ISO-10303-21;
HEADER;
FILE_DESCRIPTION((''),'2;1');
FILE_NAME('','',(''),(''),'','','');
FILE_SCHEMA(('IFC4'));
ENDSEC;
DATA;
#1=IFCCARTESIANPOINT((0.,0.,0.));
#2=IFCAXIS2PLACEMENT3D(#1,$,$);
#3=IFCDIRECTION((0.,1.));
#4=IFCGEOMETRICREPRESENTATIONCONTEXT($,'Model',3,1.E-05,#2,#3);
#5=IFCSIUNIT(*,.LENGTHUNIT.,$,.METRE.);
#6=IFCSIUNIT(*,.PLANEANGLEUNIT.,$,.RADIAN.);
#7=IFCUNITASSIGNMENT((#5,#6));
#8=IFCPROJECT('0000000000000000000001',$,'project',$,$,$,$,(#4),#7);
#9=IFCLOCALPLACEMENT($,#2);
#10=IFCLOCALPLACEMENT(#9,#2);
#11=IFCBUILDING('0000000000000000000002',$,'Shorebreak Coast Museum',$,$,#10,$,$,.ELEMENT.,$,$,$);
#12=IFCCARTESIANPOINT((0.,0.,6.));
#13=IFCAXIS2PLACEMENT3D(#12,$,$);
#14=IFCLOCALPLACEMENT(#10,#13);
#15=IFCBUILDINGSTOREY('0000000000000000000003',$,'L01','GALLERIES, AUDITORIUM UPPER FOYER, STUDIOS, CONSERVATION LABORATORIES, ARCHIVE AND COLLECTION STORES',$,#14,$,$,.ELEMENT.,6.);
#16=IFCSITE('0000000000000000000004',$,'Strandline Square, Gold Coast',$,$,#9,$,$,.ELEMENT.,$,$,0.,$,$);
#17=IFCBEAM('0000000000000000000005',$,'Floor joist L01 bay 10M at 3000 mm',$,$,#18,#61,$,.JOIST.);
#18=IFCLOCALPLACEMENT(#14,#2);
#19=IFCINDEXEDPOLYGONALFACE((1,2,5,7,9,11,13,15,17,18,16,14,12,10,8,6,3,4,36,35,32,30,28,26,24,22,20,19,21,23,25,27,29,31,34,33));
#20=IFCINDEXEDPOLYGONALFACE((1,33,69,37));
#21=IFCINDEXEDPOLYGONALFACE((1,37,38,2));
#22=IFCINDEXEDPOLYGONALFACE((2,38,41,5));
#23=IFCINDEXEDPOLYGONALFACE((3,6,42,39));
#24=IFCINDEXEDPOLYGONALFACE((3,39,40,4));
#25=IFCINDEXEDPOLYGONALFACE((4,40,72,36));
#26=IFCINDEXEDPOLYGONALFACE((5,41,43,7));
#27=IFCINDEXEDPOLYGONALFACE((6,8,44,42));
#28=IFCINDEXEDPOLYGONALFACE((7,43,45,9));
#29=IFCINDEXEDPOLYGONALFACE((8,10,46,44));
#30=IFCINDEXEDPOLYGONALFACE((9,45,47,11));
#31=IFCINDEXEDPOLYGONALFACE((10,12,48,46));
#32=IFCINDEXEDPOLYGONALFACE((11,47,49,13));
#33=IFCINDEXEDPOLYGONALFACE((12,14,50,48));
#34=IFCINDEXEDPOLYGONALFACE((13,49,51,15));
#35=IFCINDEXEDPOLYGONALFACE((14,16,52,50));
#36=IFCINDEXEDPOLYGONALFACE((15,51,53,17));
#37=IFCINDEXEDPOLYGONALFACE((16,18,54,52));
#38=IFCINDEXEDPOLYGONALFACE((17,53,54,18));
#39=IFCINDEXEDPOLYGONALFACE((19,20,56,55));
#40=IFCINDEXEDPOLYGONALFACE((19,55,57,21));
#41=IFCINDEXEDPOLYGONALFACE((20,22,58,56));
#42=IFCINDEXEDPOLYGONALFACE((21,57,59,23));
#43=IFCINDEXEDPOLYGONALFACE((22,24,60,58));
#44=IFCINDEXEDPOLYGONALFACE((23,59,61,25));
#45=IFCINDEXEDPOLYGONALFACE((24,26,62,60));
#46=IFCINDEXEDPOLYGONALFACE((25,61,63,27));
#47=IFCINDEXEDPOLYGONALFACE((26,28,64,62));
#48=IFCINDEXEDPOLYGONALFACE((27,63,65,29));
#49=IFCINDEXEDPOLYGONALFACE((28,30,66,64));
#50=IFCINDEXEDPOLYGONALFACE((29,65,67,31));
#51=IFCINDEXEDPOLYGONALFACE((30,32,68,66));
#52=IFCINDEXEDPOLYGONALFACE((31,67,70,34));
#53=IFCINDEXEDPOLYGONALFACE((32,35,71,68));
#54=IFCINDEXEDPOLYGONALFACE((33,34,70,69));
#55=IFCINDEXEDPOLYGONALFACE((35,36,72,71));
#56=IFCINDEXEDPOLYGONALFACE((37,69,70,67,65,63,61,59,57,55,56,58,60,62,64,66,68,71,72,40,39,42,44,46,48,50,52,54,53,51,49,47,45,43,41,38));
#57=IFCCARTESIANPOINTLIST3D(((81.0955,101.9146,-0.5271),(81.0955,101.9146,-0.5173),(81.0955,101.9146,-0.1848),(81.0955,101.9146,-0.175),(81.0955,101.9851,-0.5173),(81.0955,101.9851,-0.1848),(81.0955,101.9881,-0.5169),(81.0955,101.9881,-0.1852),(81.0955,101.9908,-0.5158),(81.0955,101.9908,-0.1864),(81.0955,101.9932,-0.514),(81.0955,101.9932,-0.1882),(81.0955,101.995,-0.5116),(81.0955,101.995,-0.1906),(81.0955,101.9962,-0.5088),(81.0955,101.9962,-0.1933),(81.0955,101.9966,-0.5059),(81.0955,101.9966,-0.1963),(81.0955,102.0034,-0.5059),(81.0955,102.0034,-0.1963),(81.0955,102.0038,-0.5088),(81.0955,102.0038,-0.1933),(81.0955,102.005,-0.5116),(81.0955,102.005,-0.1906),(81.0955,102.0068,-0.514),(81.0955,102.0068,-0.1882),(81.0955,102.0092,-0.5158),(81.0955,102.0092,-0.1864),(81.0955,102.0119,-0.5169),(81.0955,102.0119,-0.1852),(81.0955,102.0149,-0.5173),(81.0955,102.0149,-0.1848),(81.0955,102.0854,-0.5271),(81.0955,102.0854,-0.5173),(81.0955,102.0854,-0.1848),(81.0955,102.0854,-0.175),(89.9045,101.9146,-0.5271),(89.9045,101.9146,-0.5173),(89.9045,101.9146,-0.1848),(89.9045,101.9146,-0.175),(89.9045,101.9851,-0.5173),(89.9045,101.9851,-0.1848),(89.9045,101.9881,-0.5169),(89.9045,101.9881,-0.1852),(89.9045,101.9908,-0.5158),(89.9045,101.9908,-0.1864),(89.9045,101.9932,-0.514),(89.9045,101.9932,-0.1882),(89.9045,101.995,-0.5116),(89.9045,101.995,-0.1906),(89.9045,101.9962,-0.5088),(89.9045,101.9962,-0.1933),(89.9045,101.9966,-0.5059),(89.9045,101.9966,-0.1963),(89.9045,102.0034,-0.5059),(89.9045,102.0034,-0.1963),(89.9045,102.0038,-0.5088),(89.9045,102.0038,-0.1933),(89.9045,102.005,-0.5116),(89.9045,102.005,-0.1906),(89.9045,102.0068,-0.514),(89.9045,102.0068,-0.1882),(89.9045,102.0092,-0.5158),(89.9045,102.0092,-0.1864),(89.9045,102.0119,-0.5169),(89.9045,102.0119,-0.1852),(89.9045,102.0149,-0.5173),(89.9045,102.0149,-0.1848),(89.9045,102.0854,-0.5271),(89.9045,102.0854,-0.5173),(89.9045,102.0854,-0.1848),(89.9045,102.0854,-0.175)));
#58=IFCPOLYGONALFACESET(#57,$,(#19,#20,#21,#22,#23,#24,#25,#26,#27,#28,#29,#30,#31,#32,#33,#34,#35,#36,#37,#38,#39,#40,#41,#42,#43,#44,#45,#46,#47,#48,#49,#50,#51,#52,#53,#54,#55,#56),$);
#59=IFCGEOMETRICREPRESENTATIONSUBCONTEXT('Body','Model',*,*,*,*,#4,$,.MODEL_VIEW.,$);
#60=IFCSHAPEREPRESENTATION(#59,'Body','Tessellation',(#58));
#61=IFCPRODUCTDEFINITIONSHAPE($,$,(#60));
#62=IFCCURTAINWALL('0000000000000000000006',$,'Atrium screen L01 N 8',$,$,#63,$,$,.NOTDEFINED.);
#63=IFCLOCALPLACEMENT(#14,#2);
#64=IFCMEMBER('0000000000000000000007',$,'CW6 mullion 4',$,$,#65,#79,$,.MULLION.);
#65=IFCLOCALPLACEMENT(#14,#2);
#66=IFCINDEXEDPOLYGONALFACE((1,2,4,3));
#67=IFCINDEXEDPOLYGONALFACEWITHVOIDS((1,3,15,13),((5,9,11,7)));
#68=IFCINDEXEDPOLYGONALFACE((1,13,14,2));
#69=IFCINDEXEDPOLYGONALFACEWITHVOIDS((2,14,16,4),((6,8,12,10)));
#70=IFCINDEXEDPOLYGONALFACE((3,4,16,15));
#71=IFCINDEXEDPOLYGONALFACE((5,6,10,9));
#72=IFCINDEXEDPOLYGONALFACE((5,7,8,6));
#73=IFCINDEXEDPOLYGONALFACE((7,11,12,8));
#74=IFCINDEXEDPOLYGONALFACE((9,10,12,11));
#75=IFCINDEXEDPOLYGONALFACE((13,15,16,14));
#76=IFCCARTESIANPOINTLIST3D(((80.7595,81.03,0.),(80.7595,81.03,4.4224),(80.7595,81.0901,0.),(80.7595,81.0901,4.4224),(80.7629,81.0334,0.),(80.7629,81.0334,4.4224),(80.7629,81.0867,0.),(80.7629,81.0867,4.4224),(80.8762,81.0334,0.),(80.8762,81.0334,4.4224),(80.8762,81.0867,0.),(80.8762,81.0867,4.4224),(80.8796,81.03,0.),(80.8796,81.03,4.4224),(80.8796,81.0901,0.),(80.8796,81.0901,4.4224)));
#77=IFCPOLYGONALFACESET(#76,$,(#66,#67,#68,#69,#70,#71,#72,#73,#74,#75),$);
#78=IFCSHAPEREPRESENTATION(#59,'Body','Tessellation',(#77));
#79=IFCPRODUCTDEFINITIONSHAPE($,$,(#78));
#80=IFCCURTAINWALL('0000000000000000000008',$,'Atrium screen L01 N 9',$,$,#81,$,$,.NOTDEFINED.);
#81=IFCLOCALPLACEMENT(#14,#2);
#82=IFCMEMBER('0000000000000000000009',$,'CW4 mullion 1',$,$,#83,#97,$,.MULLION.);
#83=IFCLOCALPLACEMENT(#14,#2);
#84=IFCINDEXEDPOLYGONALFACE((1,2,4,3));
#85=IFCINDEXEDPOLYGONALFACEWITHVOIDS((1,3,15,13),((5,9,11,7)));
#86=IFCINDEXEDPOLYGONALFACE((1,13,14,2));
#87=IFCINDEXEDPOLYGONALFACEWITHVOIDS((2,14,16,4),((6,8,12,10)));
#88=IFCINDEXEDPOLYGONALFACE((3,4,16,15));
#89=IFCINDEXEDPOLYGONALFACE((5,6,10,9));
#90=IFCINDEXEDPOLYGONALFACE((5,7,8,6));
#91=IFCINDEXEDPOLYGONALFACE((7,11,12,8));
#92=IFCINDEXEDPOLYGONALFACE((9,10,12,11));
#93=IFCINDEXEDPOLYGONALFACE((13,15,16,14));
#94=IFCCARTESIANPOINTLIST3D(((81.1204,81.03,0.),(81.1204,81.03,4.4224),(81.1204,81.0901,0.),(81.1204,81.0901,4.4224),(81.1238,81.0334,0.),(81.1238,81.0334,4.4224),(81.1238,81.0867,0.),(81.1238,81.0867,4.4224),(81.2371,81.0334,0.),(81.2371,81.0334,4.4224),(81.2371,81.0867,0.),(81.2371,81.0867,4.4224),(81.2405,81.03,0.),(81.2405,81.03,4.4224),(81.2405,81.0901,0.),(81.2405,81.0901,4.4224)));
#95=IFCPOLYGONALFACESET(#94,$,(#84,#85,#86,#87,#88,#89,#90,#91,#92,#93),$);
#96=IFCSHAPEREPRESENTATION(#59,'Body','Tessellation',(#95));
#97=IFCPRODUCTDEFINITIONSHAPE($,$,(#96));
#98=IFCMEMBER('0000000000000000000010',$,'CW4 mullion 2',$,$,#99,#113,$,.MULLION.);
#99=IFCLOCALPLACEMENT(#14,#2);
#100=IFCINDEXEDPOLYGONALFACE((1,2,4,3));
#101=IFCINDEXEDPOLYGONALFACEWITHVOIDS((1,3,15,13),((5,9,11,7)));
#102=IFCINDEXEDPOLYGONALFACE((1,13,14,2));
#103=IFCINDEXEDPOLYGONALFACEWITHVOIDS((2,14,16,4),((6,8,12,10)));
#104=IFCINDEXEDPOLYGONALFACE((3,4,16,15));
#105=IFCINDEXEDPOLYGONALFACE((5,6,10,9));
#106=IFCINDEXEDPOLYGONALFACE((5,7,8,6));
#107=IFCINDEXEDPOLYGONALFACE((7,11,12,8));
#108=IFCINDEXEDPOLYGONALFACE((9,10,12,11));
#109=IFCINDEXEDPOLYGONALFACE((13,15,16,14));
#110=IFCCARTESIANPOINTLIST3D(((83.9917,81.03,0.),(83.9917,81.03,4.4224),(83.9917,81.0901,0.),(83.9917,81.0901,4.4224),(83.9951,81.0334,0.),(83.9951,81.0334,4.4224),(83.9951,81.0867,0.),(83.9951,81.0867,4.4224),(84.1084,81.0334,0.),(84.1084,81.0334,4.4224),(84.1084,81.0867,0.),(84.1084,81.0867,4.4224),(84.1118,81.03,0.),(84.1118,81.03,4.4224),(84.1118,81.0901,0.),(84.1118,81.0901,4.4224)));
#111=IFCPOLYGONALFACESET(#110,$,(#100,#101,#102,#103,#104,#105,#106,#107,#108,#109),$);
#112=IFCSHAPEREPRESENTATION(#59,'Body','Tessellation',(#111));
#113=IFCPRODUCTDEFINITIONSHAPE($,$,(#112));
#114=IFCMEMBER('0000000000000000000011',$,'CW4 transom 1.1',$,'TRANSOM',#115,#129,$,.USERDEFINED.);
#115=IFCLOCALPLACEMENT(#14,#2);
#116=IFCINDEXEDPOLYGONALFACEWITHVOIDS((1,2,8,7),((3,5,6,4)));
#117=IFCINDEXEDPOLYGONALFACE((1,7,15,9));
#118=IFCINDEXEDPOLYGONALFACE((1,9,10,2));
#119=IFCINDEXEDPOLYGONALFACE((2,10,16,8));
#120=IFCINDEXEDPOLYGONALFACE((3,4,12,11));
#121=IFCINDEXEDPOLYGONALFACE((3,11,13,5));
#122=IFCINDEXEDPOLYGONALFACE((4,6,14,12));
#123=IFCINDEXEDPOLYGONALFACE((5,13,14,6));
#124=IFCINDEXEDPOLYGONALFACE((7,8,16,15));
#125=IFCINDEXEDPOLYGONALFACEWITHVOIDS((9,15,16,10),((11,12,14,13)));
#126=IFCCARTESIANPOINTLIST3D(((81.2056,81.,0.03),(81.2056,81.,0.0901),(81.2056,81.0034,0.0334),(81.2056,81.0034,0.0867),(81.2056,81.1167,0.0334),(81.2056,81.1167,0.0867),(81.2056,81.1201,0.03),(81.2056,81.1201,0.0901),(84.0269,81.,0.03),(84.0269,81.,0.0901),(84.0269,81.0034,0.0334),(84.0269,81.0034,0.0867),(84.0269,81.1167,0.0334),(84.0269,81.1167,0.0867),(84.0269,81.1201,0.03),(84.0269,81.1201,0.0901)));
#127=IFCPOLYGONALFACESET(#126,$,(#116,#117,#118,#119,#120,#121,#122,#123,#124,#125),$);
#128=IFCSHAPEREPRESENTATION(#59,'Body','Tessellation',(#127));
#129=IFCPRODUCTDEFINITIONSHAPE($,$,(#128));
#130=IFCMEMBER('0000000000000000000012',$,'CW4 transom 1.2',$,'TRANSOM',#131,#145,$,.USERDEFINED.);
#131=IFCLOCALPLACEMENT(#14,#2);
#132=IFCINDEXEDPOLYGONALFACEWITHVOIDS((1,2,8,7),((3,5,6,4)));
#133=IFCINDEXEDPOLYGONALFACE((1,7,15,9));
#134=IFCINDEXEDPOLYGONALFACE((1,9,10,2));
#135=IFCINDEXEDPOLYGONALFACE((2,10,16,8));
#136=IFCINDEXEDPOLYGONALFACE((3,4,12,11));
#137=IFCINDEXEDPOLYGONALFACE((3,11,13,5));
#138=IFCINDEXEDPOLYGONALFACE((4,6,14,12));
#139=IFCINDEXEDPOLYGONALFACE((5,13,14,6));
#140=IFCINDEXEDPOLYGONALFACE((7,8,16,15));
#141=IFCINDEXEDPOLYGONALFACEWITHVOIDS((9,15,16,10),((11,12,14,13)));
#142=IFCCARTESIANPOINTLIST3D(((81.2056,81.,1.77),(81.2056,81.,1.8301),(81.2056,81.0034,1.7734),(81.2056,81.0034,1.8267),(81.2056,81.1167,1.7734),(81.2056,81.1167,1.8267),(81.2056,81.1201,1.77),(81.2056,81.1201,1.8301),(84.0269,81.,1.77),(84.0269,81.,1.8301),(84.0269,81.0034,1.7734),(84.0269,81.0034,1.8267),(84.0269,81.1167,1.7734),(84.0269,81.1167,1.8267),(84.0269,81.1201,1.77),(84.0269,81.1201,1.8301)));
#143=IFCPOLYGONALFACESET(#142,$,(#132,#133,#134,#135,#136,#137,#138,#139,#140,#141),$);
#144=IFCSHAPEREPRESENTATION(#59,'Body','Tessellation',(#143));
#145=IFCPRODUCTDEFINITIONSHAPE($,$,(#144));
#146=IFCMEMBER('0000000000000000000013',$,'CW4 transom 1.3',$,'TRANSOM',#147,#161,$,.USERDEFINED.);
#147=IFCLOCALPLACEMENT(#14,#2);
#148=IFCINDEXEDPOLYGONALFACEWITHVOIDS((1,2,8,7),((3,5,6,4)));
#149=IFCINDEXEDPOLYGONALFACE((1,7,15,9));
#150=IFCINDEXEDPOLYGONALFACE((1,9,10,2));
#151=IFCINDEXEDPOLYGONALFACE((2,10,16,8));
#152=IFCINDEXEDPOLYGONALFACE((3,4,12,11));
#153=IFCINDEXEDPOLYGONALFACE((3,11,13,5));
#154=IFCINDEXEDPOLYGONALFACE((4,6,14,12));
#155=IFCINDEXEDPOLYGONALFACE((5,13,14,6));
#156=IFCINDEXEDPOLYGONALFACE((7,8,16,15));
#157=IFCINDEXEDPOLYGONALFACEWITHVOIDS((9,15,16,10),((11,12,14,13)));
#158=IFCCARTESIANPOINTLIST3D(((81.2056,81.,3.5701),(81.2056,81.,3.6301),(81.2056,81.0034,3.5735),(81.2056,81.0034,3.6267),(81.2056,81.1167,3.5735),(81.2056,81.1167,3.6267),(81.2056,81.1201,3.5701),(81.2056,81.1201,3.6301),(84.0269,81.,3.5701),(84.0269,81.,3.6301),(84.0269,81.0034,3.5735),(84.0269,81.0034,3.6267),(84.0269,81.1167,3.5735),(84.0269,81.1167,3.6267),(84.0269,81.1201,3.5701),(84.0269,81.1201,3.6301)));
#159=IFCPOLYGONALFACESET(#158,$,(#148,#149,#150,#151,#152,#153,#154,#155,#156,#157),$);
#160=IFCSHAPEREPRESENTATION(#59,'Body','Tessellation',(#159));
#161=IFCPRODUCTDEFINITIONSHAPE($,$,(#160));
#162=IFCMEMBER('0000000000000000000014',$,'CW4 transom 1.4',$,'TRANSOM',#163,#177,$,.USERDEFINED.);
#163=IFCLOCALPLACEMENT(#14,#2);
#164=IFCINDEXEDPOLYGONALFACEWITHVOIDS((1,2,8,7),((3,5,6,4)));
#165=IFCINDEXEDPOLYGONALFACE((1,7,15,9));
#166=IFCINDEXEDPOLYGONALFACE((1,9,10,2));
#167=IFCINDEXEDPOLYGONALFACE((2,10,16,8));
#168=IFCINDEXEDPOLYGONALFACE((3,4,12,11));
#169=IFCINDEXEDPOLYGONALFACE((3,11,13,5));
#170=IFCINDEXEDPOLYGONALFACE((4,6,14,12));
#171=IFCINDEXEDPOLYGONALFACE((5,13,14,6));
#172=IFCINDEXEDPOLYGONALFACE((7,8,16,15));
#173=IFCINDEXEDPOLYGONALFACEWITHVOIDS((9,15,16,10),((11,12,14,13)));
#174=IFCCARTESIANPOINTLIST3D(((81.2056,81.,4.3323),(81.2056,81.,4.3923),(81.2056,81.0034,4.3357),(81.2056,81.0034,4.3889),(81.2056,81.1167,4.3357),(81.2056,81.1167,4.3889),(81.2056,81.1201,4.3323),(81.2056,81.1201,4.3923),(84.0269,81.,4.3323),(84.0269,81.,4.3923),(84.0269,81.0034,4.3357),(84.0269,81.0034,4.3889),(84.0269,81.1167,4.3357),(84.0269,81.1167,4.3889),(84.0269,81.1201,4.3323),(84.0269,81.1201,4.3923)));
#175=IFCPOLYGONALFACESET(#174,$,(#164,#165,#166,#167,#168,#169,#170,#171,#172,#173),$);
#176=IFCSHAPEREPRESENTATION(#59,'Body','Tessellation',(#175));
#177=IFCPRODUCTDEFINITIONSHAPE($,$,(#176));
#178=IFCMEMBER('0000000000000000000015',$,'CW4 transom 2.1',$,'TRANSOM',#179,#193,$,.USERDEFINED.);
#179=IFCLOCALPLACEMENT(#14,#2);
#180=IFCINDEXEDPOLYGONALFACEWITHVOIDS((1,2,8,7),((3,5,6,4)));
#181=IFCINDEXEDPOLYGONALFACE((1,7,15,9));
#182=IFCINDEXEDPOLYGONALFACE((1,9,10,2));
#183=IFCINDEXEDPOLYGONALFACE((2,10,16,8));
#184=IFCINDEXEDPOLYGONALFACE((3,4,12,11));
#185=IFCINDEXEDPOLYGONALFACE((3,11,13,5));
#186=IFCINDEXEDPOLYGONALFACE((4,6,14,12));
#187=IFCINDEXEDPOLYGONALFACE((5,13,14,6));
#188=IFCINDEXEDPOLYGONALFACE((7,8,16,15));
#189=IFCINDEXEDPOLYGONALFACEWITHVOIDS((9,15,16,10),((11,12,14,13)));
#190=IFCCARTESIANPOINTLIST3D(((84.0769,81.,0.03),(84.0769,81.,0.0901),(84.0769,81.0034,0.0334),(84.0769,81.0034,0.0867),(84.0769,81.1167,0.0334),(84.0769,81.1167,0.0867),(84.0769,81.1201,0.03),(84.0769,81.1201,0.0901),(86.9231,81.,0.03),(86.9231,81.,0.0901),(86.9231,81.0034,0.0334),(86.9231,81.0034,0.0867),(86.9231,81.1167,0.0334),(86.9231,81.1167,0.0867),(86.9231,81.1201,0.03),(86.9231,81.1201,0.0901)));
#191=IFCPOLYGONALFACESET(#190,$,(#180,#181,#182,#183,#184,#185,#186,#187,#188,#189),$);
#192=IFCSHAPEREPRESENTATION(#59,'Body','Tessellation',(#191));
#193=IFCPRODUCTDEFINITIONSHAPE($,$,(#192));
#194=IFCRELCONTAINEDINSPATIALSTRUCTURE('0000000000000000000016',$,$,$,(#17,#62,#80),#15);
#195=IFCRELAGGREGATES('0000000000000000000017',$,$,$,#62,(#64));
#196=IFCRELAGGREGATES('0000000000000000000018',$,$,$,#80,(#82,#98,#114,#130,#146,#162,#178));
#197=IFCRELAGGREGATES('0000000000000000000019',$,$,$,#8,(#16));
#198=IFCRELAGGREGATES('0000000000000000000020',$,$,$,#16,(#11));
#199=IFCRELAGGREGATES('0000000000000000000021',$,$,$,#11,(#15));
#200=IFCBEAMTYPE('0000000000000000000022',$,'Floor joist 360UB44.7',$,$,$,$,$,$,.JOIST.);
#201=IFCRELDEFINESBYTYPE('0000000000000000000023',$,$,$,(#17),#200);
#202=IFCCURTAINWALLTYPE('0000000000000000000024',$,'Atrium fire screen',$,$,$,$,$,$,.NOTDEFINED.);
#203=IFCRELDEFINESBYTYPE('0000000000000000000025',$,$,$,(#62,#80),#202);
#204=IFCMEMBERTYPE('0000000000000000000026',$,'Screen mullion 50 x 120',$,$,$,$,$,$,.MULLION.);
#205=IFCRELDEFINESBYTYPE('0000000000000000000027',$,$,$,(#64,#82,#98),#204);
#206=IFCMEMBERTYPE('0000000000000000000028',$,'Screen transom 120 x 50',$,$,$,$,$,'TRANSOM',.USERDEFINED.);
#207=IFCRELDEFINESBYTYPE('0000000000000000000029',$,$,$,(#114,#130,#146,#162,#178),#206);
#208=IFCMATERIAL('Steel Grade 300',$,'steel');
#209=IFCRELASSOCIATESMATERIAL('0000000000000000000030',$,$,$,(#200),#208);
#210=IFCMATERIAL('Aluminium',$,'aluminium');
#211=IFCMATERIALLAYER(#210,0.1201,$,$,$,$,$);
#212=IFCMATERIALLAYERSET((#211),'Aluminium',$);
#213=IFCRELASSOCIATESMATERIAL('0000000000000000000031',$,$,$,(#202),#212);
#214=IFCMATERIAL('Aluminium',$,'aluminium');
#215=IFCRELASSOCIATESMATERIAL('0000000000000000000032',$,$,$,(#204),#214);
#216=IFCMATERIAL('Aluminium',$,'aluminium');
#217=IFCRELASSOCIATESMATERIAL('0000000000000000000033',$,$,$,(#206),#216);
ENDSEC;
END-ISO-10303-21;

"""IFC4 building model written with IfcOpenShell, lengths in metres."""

from ifc_helpers import new_model, si_unit, direction, frame, origin, origin_2d, place, context, subcontext, project, spatial, hollow_rectangle, i_section, extrude, material, layer, layer_set, material_profile, profile_set, type_object, element, aggregate, save


model = new_model("IFC4")

# Units and contexts
model_context = context("Model", 3, precision=1e-05, world=origin(), true_north=direction((0.0, 1.0)))
body_context = subcontext(model_context, "Body", "Model", "MODEL_VIEW")
ifc_project = project(units=[si_unit("LENGTHUNIT", "METRE"), si_unit("PLANEANGLEUNIT", "RADIAN")], contexts=[model_context])

# Site, building, storey
site_placement = place(None, origin())
site = spatial("IfcSite", under=ifc_project, at=site_placement, Name="Strandline Square, Gold Coast", CompositionType="ELEMENT", RefElevation=0.0)
building_placement = place(site_placement, origin())
building = spatial("IfcBuilding", under=site, at=building_placement, Name="Shorebreak Coast Museum", CompositionType="ELEMENT")
storey_placement = place(building_placement, frame((0.0, 0.0, 6.0)))
storey = spatial("IfcBuildingStorey", under=building, at=storey_placement, Name="L01", Description="GALLERIES, AUDITORIUM UPPER FOYER, STUDIOS, CONSERVATION LABORATORIES, ARCHIVE AND COLLECTION STORES", CompositionType="ELEMENT", Elevation=6.0)

# Beam
ifc_material_1 = material(Name="Steel Grade 300", Category="steel")
ifc_material_profile_1 = material_profile(ifc_material_1, i_section(OverallWidth=0.1709, OverallDepth=0.3521, WebThickness=0.0068, FlangeThickness=0.0098, FilletRadius=0.0115, at=origin_2d()), Name="360UB44.7")
ifc_profile_set_1 = profile_set([ifc_material_profile_1], Name="Steel Grade 300")
beam_type_1 = type_object("IfcBeamType", Name="Floor joist 360UB44.7", PredefinedType="JOIST", material=ifc_profile_set_1)
for number, where, z_axis, x_axis, name in (
    (1, (81.0955, 102.0, -0.3511), (1.0, 0.0, 0.0), (0.0, 1.0, 0.0), "Floor joist L01 bay 10M at 3000 mm"),
):
    element("IfcBeam", number, at=place(storey_placement, frame(where, z_axis=z_axis, x_axis=x_axis)), inside=storey, type_object=beam_type_1, Name=name, PredefinedType="JOIST", context=body_context, shape_type="SweptSolid", body=[
        extrude(i_section(OverallWidth=0.1709, OverallDepth=0.3521, WebThickness=0.0068, FlangeThickness=0.0098, FilletRadius=0.0115, at=origin_2d()), origin(), (0.0, 0.0, 1.0), 8.8091),
    ])

# Curtain wall, member
ifc_material_2 = material(Name="Aluminium", Category="aluminium")
ifc_layer_1 = layer(ifc_material_2, 0.1201)
ifc_layer_set_1 = layer_set([ifc_layer_1], Name="Aluminium")
curtain_wall_type = type_object("IfcCurtainWallType", Name="Atrium fire screen", PredefinedType="NOTDEFINED", material=ifc_layer_set_1)
curtain_wall_1_placement = place(storey_placement, origin())
curtain_wall_1 = element("IfcCurtainWall", 2, at=curtain_wall_1_placement, inside=storey, type_object=curtain_wall_type, Name="Atrium screen L01 N 8", PredefinedType="NOTDEFINED")
ifc_material_3 = material(Name="Aluminium", Category="aluminium")
ifc_material_profile_2 = material_profile(ifc_material_3, hollow_rectangle(XDim=0.0601, YDim=0.1201, WallThickness=0.0034, at=origin_2d()), Name="AL 120x60 RHS")
ifc_profile_set_2 = profile_set([ifc_material_profile_2], Name="Aluminium")
member_type_1 = type_object("IfcMemberType", Name="Screen mullion 50 x 120", PredefinedType="MULLION", material=ifc_profile_set_2)
member_1_placement = place(storey_placement, frame((80.8196, 81.0601, 0.0), z_axis=(0.0, 0.0, 1.0), x_axis=(0.0, 1.0, 0.0)))
member_1 = element("IfcMember", 3, at=member_1_placement, type_object=member_type_1, Name="CW6 mullion 4", PredefinedType="MULLION", context=body_context, shape_type="SweptSolid", body=[
    extrude(hollow_rectangle(XDim=0.0601, YDim=0.1201, WallThickness=0.0034, at=origin_2d()), origin(), (0.0, 0.0, 1.0), 4.4224),
])
aggregate(curtain_wall_1, [member_1])

# Curtain wall, members
curtain_wall_2_placement = place(storey_placement, origin())
curtain_wall_2 = element("IfcCurtainWall", 4, at=curtain_wall_2_placement, inside=storey, type_object=curtain_wall_type, Name="Atrium screen L01 N 9", PredefinedType="NOTDEFINED")
member_2_placement = place(storey_placement, frame((81.1804, 81.0601, 0.0), z_axis=(0.0, 0.0, 1.0), x_axis=(0.0, 1.0, 0.0)))
member_2 = element("IfcMember", 5, at=member_2_placement, type_object=member_type_1, Name="CW4 mullion 1", PredefinedType="MULLION", context=body_context, shape_type="SweptSolid", body=[
    extrude(hollow_rectangle(XDim=0.0601, YDim=0.1201, WallThickness=0.0034, at=origin_2d()), origin(), (0.0, 0.0, 1.0), 4.4224),
])
member_3_placement = place(storey_placement, frame((84.0518, 81.0601, 0.0), z_axis=(0.0, 0.0, 1.0), x_axis=(0.0, 1.0, 0.0)))
member_3 = element("IfcMember", 6, at=member_3_placement, type_object=member_type_1, Name="CW4 mullion 2", PredefinedType="MULLION", context=body_context, shape_type="SweptSolid", body=[
    extrude(hollow_rectangle(XDim=0.0601, YDim=0.1201, WallThickness=0.0034, at=origin_2d()), origin(), (0.0, 0.0, 1.0), 4.4224),
])
ifc_material_4 = material(Name="Aluminium", Category="aluminium")
ifc_material_profile_3 = material_profile(ifc_material_4, hollow_rectangle(XDim=0.1201, YDim=0.0601, WallThickness=0.0034, at=origin_2d()), Name="AL 60x120 RHS")
ifc_profile_set_3 = profile_set([ifc_material_profile_3], Name="Aluminium")
member_type_2 = type_object("IfcMemberType", Name="Screen transom 120 x 50", ElementType="TRANSOM", PredefinedType="USERDEFINED", material=ifc_profile_set_3)
member_4_placement = place(storey_placement, frame((81.2056, 81.0601, 0.0601), z_axis=(1.0, 0.0, 0.0), x_axis=(0.0, 1.0, 0.0)))
member_4 = element("IfcMember", 7, at=member_4_placement, type_object=member_type_2, Name="CW4 transom 1.1", ObjectType="TRANSOM", PredefinedType="USERDEFINED", context=body_context, shape_type="SweptSolid", body=[
    extrude(hollow_rectangle(XDim=0.1201, YDim=0.0601, WallThickness=0.0034, at=origin_2d()), origin(), (0.0, 0.0, 1.0), 2.8213),
])
member_5_placement = place(storey_placement, frame((81.2056, 81.0601, 1.8), z_axis=(1.0, 0.0, 0.0), x_axis=(0.0, 1.0, 0.0)))
member_5 = element("IfcMember", 8, at=member_5_placement, type_object=member_type_2, Name="CW4 transom 1.2", ObjectType="TRANSOM", PredefinedType="USERDEFINED", context=body_context, shape_type="SweptSolid", body=[
    extrude(hollow_rectangle(XDim=0.1201, YDim=0.0601, WallThickness=0.0034, at=origin_2d()), origin(), (0.0, 0.0, 1.0), 2.8213),
])
member_6_placement = place(storey_placement, frame((81.2056, 81.0601, 3.6001), z_axis=(1.0, 0.0, 0.0), x_axis=(0.0, 1.0, 0.0)))
member_6 = element("IfcMember", 9, at=member_6_placement, type_object=member_type_2, Name="CW4 transom 1.3", ObjectType="TRANSOM", PredefinedType="USERDEFINED", context=body_context, shape_type="SweptSolid", body=[
    extrude(hollow_rectangle(XDim=0.1201, YDim=0.0601, WallThickness=0.0034, at=origin_2d()), origin(), (0.0, 0.0, 1.0), 2.8213),
])
member_7_placement = place(storey_placement, frame((81.2056, 81.0601, 4.3623), z_axis=(1.0, 0.0, 0.0), x_axis=(0.0, 1.0, 0.0)))
member_7 = element("IfcMember", 10, at=member_7_placement, type_object=member_type_2, Name="CW4 transom 1.4", ObjectType="TRANSOM", PredefinedType="USERDEFINED", context=body_context, shape_type="SweptSolid", body=[
    extrude(hollow_rectangle(XDim=0.1201, YDim=0.0601, WallThickness=0.0034, at=origin_2d()), origin(), (0.0, 0.0, 1.0), 2.8213),
])
member_8_placement = place(storey_placement, frame((84.0769, 81.0601, 0.0601), z_axis=(1.0, 0.0, 0.0), x_axis=(0.0, 1.0, 0.0)))
member_8 = element("IfcMember", 11, at=member_8_placement, type_object=member_type_2, Name="CW4 transom 2.1", ObjectType="TRANSOM", PredefinedType="USERDEFINED", context=body_context, shape_type="SweptSolid", body=[
    extrude(hollow_rectangle(XDim=0.1201, YDim=0.0601, WallThickness=0.0034, at=origin_2d()), origin(), (0.0, 0.0, 1.0), 2.8462),
])
aggregate(curtain_wall_2, [member_2, member_3, member_4, member_5, member_6, member_7, member_8])

save(model, "model.ifc")
